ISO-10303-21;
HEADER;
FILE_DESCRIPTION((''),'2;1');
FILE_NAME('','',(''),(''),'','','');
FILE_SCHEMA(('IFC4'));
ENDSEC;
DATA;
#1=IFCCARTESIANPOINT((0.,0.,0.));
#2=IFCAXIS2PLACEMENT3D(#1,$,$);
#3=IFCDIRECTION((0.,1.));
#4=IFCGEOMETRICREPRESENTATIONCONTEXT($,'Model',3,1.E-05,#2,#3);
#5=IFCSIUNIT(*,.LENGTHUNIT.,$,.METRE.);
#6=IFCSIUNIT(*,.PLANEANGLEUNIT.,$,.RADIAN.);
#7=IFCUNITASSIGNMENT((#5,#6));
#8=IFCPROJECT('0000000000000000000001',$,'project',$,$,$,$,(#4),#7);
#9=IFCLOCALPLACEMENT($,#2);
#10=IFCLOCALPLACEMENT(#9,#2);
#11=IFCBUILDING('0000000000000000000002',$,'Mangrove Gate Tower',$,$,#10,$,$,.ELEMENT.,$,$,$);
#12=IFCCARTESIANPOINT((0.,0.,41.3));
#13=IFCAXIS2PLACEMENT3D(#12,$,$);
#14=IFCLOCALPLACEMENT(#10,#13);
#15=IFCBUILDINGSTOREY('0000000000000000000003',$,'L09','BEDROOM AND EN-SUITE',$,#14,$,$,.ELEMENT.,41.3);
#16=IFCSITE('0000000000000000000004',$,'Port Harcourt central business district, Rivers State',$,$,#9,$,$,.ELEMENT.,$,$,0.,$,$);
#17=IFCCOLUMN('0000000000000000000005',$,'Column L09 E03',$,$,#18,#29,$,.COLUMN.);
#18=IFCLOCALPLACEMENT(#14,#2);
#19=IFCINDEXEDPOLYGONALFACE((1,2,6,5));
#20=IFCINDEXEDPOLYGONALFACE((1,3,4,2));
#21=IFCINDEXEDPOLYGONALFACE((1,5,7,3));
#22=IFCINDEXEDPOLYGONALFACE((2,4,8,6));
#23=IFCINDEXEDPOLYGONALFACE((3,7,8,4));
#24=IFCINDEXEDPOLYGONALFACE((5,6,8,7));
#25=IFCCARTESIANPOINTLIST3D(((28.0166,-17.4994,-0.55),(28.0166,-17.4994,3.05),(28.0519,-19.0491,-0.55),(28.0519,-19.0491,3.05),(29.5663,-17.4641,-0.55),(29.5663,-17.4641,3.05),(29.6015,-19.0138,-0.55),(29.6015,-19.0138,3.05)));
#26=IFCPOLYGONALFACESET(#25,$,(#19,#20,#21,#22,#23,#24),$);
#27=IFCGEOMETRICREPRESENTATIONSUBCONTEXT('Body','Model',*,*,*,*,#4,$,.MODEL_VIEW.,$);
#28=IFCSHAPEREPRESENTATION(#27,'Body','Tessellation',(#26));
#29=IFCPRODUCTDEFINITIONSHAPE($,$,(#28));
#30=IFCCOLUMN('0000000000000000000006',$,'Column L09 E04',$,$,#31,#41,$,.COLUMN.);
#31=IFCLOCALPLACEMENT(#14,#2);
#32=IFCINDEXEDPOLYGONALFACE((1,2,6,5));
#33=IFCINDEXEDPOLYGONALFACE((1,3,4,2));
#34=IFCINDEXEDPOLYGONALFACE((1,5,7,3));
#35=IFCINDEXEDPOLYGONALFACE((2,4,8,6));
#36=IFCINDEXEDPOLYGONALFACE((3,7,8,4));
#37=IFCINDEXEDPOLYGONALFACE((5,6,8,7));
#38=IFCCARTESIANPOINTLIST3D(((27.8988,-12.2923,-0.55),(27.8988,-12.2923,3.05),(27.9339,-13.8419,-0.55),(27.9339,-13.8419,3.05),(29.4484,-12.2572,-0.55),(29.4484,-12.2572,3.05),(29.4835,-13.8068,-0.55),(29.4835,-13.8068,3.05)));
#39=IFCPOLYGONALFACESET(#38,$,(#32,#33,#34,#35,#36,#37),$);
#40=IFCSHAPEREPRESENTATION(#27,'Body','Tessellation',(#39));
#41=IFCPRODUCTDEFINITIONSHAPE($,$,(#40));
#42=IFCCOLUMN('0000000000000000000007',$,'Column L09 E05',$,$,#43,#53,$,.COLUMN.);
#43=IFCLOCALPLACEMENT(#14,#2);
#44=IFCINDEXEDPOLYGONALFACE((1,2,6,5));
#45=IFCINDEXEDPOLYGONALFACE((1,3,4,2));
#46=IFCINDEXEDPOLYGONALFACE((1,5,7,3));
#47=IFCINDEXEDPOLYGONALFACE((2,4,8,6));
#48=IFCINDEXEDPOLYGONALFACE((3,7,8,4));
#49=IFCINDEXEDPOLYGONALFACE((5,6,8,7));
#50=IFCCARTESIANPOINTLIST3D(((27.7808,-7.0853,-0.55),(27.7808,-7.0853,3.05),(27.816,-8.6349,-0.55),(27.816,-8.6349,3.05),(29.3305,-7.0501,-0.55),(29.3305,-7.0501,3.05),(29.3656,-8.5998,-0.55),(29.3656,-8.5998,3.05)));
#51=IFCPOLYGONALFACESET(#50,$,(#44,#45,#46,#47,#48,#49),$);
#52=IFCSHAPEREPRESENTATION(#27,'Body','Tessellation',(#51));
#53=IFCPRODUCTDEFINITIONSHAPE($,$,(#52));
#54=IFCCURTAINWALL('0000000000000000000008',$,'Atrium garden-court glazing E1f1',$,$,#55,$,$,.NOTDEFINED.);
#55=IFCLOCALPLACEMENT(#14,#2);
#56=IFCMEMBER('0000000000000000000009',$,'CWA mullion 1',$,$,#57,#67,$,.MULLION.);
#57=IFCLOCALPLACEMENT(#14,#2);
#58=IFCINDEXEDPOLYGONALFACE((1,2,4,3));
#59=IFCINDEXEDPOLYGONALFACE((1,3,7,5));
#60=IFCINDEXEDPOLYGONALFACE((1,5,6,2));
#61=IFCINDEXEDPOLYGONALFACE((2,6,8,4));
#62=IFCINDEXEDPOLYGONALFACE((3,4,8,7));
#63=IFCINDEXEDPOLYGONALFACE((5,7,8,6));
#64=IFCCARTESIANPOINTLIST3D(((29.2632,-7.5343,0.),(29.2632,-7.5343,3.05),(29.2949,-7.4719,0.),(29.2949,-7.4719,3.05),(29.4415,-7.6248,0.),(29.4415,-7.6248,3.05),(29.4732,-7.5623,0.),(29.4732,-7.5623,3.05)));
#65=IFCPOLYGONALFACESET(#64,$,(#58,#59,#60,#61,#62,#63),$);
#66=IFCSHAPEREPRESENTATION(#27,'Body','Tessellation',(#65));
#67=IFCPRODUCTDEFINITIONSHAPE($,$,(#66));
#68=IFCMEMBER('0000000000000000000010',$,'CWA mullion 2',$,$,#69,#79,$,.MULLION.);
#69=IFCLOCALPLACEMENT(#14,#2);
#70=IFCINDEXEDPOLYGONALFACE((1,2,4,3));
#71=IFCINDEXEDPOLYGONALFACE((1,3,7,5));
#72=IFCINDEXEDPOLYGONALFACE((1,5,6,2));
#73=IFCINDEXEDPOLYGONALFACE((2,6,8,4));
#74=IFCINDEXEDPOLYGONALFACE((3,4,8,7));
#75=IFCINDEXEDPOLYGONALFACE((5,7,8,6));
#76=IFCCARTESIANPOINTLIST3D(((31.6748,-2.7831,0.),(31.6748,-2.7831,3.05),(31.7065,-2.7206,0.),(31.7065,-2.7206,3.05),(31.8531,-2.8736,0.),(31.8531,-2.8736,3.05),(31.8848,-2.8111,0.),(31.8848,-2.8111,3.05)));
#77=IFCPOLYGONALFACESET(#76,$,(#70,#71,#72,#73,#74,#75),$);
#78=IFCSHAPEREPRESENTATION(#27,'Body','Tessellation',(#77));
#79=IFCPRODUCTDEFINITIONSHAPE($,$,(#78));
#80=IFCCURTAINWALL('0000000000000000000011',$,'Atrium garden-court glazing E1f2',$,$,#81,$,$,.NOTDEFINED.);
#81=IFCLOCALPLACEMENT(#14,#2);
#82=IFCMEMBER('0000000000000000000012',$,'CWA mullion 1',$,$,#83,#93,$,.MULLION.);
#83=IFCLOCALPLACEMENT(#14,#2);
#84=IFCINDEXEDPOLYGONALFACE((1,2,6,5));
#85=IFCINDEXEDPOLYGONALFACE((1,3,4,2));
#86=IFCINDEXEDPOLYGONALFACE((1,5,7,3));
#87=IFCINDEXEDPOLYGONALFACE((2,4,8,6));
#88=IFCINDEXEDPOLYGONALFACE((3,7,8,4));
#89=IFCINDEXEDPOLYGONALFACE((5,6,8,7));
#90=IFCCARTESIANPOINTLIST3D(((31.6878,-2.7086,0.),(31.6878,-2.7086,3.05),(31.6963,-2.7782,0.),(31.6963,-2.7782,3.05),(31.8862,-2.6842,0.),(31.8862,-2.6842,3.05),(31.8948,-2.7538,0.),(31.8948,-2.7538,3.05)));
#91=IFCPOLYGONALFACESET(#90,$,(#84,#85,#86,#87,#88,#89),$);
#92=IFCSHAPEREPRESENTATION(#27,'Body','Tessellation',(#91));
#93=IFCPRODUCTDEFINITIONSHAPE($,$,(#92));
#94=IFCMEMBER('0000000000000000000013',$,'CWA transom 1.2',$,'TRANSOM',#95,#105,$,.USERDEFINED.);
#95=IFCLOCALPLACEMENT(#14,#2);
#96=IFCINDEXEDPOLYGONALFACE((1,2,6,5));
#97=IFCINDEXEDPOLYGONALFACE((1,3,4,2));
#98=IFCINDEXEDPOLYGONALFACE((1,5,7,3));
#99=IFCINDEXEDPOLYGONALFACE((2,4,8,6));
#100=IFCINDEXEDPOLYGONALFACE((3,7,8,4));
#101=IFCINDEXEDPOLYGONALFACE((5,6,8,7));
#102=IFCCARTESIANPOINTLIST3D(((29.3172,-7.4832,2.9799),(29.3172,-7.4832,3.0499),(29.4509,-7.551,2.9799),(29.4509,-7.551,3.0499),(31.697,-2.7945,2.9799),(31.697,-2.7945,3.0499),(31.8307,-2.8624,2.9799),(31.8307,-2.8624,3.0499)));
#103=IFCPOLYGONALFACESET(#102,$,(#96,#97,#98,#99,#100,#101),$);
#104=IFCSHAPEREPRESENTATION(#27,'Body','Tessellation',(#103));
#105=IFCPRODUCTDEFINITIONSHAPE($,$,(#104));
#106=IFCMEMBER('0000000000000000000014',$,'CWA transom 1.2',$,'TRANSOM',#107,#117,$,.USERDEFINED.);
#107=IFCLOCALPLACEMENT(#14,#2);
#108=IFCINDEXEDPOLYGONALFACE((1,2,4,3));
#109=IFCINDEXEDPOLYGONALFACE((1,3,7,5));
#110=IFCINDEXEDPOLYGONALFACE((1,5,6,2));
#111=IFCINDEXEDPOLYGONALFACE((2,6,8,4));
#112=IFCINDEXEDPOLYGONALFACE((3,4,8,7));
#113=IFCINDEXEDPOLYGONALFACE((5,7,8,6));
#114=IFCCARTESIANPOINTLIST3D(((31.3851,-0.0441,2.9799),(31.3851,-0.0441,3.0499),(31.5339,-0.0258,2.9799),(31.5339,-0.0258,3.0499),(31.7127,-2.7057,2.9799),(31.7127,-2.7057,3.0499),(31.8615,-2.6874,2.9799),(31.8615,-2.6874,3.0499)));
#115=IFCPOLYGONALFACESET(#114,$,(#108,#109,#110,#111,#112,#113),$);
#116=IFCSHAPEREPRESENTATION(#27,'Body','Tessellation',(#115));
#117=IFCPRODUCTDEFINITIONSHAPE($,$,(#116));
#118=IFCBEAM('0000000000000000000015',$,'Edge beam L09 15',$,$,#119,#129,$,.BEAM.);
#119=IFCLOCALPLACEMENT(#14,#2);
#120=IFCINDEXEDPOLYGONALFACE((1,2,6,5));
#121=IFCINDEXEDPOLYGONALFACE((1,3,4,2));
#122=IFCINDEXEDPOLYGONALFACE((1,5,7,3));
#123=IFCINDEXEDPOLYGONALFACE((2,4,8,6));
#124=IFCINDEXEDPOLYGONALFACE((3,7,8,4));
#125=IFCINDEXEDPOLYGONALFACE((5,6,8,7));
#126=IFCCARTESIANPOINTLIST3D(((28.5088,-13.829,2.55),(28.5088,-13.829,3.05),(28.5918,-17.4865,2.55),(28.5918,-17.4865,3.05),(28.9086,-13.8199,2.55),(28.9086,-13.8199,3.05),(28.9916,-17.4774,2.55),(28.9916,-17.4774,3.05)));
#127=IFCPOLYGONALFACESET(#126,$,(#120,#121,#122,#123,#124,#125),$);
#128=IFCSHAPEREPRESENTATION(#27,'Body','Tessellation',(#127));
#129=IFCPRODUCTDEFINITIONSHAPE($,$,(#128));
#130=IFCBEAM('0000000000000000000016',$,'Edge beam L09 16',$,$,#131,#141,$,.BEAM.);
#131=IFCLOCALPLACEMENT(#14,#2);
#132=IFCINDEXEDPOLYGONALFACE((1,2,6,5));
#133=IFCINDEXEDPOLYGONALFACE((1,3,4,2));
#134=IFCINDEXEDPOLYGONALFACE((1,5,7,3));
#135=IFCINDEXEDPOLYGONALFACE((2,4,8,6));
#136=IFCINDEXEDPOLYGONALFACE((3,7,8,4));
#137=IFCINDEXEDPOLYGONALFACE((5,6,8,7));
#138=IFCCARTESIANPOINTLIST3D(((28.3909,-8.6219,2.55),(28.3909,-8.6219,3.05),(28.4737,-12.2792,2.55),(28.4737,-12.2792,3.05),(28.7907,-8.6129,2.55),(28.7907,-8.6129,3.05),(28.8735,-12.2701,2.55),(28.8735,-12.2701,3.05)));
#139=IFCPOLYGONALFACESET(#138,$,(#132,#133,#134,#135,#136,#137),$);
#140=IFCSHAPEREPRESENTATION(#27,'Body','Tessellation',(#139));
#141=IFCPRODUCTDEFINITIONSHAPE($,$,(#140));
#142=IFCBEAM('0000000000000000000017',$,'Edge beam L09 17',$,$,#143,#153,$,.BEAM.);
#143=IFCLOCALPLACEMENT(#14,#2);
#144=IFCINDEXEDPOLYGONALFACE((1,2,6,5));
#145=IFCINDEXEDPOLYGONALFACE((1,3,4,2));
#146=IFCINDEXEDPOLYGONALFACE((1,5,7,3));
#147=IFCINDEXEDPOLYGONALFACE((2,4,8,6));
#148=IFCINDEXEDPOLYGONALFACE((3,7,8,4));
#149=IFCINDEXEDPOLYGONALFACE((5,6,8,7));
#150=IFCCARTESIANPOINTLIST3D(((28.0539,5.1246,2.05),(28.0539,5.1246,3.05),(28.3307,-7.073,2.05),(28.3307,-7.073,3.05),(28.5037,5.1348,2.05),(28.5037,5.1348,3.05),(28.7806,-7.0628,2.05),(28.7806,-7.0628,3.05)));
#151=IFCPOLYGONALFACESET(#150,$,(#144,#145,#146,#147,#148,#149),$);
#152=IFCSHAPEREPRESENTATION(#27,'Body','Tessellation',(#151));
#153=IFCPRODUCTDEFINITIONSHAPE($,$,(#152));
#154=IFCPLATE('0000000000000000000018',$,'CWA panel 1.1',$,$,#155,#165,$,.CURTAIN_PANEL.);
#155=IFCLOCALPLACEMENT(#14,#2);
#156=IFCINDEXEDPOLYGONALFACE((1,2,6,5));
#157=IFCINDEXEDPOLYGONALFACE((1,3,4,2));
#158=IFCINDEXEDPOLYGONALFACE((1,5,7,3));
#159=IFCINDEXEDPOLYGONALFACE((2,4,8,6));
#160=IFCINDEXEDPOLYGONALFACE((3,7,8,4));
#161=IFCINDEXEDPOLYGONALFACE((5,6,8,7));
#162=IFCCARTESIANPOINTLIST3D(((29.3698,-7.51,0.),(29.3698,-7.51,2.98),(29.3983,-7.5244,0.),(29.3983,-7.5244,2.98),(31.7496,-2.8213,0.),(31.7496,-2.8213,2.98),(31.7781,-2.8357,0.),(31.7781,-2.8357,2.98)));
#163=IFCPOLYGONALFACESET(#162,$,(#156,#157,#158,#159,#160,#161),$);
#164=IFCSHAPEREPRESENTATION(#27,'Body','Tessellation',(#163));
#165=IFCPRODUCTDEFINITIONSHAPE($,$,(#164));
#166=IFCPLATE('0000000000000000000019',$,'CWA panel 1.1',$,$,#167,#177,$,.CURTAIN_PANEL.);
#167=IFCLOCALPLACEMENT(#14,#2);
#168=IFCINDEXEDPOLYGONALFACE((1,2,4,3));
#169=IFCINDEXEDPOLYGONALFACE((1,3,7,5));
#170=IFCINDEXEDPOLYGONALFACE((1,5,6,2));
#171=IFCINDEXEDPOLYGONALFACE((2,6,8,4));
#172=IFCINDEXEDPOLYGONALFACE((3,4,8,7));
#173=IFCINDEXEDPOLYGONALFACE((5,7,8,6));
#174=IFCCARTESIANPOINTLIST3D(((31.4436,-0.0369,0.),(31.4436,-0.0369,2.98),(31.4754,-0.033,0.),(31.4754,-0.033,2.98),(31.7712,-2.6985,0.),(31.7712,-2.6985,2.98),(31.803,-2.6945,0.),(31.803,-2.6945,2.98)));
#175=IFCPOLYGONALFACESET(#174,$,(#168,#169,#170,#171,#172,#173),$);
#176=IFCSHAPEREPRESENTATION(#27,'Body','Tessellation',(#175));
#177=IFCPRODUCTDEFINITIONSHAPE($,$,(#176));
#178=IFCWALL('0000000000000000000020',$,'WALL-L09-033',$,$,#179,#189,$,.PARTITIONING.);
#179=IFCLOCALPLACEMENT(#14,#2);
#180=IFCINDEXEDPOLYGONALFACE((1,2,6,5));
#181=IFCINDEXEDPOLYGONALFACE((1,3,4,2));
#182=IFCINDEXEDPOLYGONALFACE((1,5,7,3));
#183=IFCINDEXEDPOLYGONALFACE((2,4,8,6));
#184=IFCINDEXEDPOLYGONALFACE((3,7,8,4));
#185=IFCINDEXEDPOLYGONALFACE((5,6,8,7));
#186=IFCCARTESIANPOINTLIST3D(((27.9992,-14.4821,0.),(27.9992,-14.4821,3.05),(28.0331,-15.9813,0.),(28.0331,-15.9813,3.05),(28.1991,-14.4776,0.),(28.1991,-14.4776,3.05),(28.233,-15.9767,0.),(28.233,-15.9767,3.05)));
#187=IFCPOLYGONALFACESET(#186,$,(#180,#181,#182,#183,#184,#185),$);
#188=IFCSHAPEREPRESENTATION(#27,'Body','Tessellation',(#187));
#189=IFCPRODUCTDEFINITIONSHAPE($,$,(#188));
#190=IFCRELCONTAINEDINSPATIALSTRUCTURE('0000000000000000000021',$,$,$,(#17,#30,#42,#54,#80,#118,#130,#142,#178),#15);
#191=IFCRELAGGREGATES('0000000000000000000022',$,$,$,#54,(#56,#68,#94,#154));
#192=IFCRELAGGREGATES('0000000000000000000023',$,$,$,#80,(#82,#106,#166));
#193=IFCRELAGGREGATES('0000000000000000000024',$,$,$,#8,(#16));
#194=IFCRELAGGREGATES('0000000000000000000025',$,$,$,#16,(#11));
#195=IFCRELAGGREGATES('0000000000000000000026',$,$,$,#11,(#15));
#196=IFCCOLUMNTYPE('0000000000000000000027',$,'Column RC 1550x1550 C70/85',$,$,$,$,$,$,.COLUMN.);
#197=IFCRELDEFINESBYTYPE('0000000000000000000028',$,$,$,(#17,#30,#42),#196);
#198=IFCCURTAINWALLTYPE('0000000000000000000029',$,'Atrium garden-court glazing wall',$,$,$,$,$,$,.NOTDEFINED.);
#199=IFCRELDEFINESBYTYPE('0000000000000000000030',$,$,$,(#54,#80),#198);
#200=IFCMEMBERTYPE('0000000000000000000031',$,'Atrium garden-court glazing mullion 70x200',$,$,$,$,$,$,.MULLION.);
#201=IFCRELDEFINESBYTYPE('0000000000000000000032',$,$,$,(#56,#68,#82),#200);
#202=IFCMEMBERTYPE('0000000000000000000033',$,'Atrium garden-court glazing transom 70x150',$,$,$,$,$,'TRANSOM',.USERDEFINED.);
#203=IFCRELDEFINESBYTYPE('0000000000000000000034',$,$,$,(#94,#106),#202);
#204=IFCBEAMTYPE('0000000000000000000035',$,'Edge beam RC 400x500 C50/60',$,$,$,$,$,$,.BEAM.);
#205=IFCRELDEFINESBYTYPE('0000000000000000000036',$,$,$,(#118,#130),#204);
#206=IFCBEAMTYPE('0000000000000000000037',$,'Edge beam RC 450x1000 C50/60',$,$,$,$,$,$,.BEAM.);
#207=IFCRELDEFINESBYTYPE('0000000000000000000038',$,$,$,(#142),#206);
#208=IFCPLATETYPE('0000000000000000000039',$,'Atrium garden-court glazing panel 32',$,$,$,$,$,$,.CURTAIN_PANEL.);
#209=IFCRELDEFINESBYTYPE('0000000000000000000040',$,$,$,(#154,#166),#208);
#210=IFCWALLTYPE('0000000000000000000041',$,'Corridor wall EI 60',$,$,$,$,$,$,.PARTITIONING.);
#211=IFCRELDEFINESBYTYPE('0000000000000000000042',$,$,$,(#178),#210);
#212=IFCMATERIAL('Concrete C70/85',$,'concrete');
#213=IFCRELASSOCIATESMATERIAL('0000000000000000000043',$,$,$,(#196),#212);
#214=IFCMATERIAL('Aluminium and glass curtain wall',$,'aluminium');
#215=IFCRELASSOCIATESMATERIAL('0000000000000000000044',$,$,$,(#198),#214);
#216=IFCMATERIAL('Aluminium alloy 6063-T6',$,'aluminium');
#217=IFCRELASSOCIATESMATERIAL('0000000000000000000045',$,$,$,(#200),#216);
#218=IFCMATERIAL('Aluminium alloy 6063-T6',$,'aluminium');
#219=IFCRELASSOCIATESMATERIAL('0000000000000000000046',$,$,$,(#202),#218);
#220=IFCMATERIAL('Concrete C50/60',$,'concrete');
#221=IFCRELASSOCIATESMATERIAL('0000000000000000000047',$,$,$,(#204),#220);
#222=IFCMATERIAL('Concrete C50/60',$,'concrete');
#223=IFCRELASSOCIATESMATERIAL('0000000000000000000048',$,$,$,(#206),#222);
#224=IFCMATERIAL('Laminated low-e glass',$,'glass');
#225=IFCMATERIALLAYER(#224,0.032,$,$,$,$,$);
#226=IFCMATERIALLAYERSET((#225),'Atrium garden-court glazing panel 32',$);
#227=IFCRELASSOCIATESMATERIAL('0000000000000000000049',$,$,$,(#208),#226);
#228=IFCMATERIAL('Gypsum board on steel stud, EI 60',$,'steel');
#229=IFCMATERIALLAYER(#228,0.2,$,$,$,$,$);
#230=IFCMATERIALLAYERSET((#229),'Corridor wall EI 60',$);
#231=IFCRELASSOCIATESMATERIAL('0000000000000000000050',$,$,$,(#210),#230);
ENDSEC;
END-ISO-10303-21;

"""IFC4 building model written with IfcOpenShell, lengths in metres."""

from ifc_helpers import new_model, si_unit, direction, frame, frame_2d, origin, origin_2d, place, context, subcontext, project, spatial, rectangle, extrude, material, layer, layer_set, material_profile, profile_set, type_object, element, aggregate, save


model = new_model("IFC4")

# Units and contexts
model_context = context("Model", 3, precision=1e-05, world=origin(), true_north=direction((0.0, 1.0)))
body_context = subcontext(model_context, "Body", "Model", "MODEL_VIEW")
ifc_project = project(units=[si_unit("LENGTHUNIT", "METRE"), si_unit("PLANEANGLEUNIT", "RADIAN")], contexts=[model_context])

# Site, building, storey
site_placement = place(None, origin())
site = spatial("IfcSite", under=ifc_project, at=site_placement, Name="Port Harcourt central business district, Rivers State", CompositionType="ELEMENT", RefElevation=0.0)
building_placement = place(site_placement, origin())
building = spatial("IfcBuilding", under=site, at=building_placement, Name="Mangrove Gate Tower", CompositionType="ELEMENT")
storey_placement = place(building_placement, frame((0.0, 0.0, 41.3)))
storey = spatial("IfcBuildingStorey", under=building, at=storey_placement, Name="L09", Description="BEDROOM AND EN-SUITE", CompositionType="ELEMENT", Elevation=41.3)

# Columns
ifc_material_1 = material(Name="Concrete C70/85", Category="concrete")
ifc_material_profile_1 = material_profile(ifc_material_1, rectangle(XDim=1.55, YDim=1.55, at=origin_2d()))
ifc_profile_set_1 = profile_set([ifc_material_profile_1], Name="Concrete C70/85")
column_type = type_object("IfcColumnType", Name="Column RC 1550x1550 C70/85", PredefinedType="COLUMN", material=ifc_profile_set_1)
for number, where, z_axis, x_axis, name in (
    (1, (28.8091, -18.2566, -0.55), (0.0, 0.0, 1.0), (-0.022754, 0.999741, 0.0), "Column L09 E03"),
    (2, (28.6912, -13.0496, -0.55), (0.0, 0.0, 1.0), (-0.022656, 0.999743, 0.0), "Column L09 E04"),
    (3, (28.5732, -7.8425, -0.55), (0.0, 0.0, 1.0), (-0.022681, 0.999743, 0.0), "Column L09 E05"),
):
    element("IfcColumn", number, at=place(storey_placement, frame(where, z_axis=z_axis, x_axis=x_axis)), inside=storey, type_object=column_type, Name=name, PredefinedType="COLUMN", context=body_context, shape_type="SweptSolid", body=[
        extrude(rectangle(XDim=1.55, YDim=1.55, at=origin_2d()), origin(), (0.0, 0.0, 1.0), 3.6001),
    ])

# Curtain wall, members
ifc_material_2 = material(Name="Aluminium and glass curtain wall", Category="aluminium")
curtain_wall_type = type_object("IfcCurtainWallType", Name="Atrium garden-court glazing wall", PredefinedType="NOTDEFINED", material=ifc_material_2)
curtain_wall_1_placement = place(storey_placement, origin())
curtain_wall_1 = element("IfcCurtainWall", 4, at=curtain_wall_1_placement, inside=storey, type_object=curtain_wall_type, Name="Atrium garden-court glazing E1f1", PredefinedType="NOTDEFINED")
ifc_material_3 = material(Name="Aluminium alloy 6063-T6", Category="aluminium")
ifc_material_profile_2 = material_profile(ifc_material_3, rectangle(XDim=0.0701, YDim=0.2, at=origin_2d()))
ifc_profile_set_2 = profile_set([ifc_material_profile_2], Name="Aluminium alloy 6063-T6")
member_type_1 = type_object("IfcMemberType", Name="Atrium garden-court glazing mullion 70x200", PredefinedType="MULLION", material=ifc_profile_set_2)
member_1_placement = place(storey_placement, frame((29.3682, -7.5483, 0.0), z_axis=(0.0, 0.0, 1.0), x_axis=(0.4526, 0.891714, 0.0)))
member_1 = element("IfcMember", 5, at=member_1_placement, type_object=member_type_1, Name="CWA mullion 1", PredefinedType="MULLION", context=body_context, shape_type="SweptSolid", body=[
    extrude(rectangle(XDim=0.0701, YDim=0.2, at=origin_2d()), origin(), (0.0, 0.0, 1.0), 3.05),
])
member_2_placement = place(storey_placement, frame((31.7798, -2.7971, 0.0), z_axis=(0.0, 0.0, 1.0), x_axis=(0.4526, 0.891714, 0.0)))
member_2 = element("IfcMember", 6, at=member_2_placement, type_object=member_type_1, Name="CWA mullion 2", PredefinedType="MULLION", context=body_context, shape_type="SweptSolid", body=[
    extrude(rectangle(XDim=0.0701, YDim=0.2, at=origin_2d()), origin(), (0.0, 0.0, 1.0), 3.05),
])

# Curtain wall, member
curtain_wall_2_placement = place(storey_placement, origin())
curtain_wall_2 = element("IfcCurtainWall", 7, at=curtain_wall_2_placement, inside=storey, type_object=curtain_wall_type, Name="Atrium garden-court glazing E1f2", PredefinedType="NOTDEFINED")
member_3_placement = place(storey_placement, frame((31.7913, -2.7312, 0.0), z_axis=(0.0, 0.0, 1.0), x_axis=(-0.122172, 0.992509, 0.0)))
member_3 = element("IfcMember", 8, at=member_3_placement, type_object=member_type_1, Name="CWA mullion 1", PredefinedType="MULLION", context=body_context, shape_type="SweptSolid", body=[
    extrude(rectangle(XDim=0.0701, YDim=0.2, at=origin_2d()), origin(), (0.0, 0.0, 1.0), 3.05),
])

# Members
ifc_material_4 = material(Name="Aluminium alloy 6063-T6", Category="aluminium")
ifc_material_profile_3 = material_profile(ifc_material_4, rectangle(XDim=0.0701, YDim=0.1499, at=origin_2d()))
ifc_profile_set_3 = profile_set([ifc_material_profile_3], Name="Aluminium alloy 6063-T6")
member_type_2 = type_object("IfcMemberType", Name="Atrium garden-court glazing transom 70x150", ElementType="TRANSOM", PredefinedType="USERDEFINED", material=ifc_profile_set_3)
member_4_placement = place(storey_placement, frame((29.384, -7.5171, 3.0149), z_axis=(0.45261, 0.891709, 0.0), x_axis=(0.0, 0.0, 1.0)))
member_4 = element("IfcMember", 9, at=member_4_placement, type_object=member_type_2, Name="CWA transom 1.2", ObjectType="TRANSOM", PredefinedType="USERDEFINED", context=body_context, shape_type="SweptSolid", body=[
    extrude(rectangle(XDim=0.0701, YDim=0.1499, at=origin_2d()), origin(), (0.0, 0.0, 1.0), 5.2581),
])
member_5_placement = place(storey_placement, frame((31.7871, -2.6965, 3.0149), z_axis=(-0.122175, 0.992509, 0.0), x_axis=(0.0, 0.0, 1.0)))
member_5 = element("IfcMember", 10, at=member_5_placement, type_object=member_type_2, Name="CWA transom 1.2", ObjectType="TRANSOM", PredefinedType="USERDEFINED", context=body_context, shape_type="SweptSolid", body=[
    extrude(rectangle(XDim=0.0701, YDim=0.1499, at=origin_2d()), origin(), (0.0, 0.0, 1.0), 2.6816),
])

# Beams
ifc_material_5 = material(Name="Concrete C50/60", Category="concrete")
ifc_material_profile_4 = material_profile(ifc_material_5, rectangle(XDim=0.3999, YDim=0.5, at=origin_2d()))
ifc_profile_set_4 = profile_set([ifc_material_profile_4], Name="Concrete C50/60")
beam_type_1 = type_object("IfcBeamType", Name="Edge beam RC 400x500 C50/60", PredefinedType="BEAM", material=ifc_profile_set_4)
beam_1_placement = place(storey_placement, frame((28.7917, -17.4819, 2.8), z_axis=(-0.02269, 0.999743, 0.0), x_axis=(-0.999743, -0.02269, 0.0)))
element("IfcBeam", 11, at=beam_1_placement, inside=storey, type_object=beam_type_1, Name="Edge beam L09 15", PredefinedType="BEAM", context=body_context, shape_type="SweptSolid", body=[
    extrude(rectangle(XDim=0.3999, YDim=0.5, at=origin_2d()), origin(), (0.0, 0.0, 1.0), 3.6584),
])
beam_2_placement = place(storey_placement, frame((28.6736, -12.2747, 2.8), z_axis=(-0.022624, 0.999744, 0.0), x_axis=(-0.999744, -0.022624, 0.0)))
element("IfcBeam", 12, at=beam_2_placement, inside=storey, type_object=beam_type_1, Name="Edge beam L09 16", PredefinedType="BEAM", context=body_context, shape_type="SweptSolid", body=[
    extrude(rectangle(XDim=0.3999, YDim=0.5, at=origin_2d()), origin(), (0.0, 0.0, 1.0), 3.6582),
])
ifc_material_6 = material(Name="Concrete C50/60", Category="concrete")
ifc_material_profile_5 = material_profile(ifc_material_6, rectangle(XDim=0.45, YDim=1.0, at=origin_2d()))
ifc_profile_set_5 = profile_set([ifc_material_profile_5], Name="Concrete C50/60")
beam_type_2 = type_object("IfcBeamType", Name="Edge beam RC 450x1000 C50/60", PredefinedType="BEAM", material=ifc_profile_set_5)
beam_3_placement = place(storey_placement, frame((28.5557, -7.0679, 2.55), z_axis=(-0.022692, 0.999743, 0.0), x_axis=(-0.999743, -0.022692, 0.0)))
element("IfcBeam", 13, at=beam_3_placement, inside=storey, type_object=beam_type_2, Name="Edge beam L09 17", PredefinedType="BEAM", context=body_context, shape_type="SweptSolid", body=[
    extrude(rectangle(XDim=0.45, YDim=1.0, at=origin_2d()), origin(), (0.0, 0.0, 1.0), 12.2007),
])

# Plates
ifc_material_7 = material(Name="Laminated low-e glass", Category="glass")
ifc_layer_1 = layer(ifc_material_7, 0.032)
ifc_layer_set_1 = layer_set([ifc_layer_1], Name="Atrium garden-court glazing panel 32")
plate_type = type_object("IfcPlateType", Name="Atrium garden-court glazing panel 32", PredefinedType="CURTAIN_PANEL", material=ifc_layer_set_1)
plate_1_placement = place(storey_placement, frame((30.574, -5.1729, 0.0), z_axis=(0.0, 0.0, 1.0), x_axis=(0.4526, 0.891714, 0.0)))
plate_1 = element("IfcPlate", 14, at=plate_1_placement, type_object=plate_type, Name="CWA panel 1.1", PredefinedType="CURTAIN_PANEL", context=body_context, shape_type="SweptSolid", body=[
    extrude(rectangle(XDim=5.2581, YDim=0.032, at=origin_2d()), origin(), (0.0, 0.0, 1.0), 2.98),
])
aggregate(curtain_wall_1, [member_1, member_2, member_4, plate_1])
plate_2_placement = place(storey_placement, frame((31.6233, -1.3657, 0.0), z_axis=(0.0, 0.0, 1.0), x_axis=(-0.122172, 0.992509, 0.0)))
plate_2 = element("IfcPlate", 15, at=plate_2_placement, type_object=plate_type, Name="CWA panel 1.1", PredefinedType="CURTAIN_PANEL", context=body_context, shape_type="SweptSolid", body=[
    extrude(rectangle(XDim=2.6816, YDim=0.032, at=origin_2d()), origin(), (0.0, 0.0, 1.0), 2.98),
])
aggregate(curtain_wall_2, [member_3, member_5, plate_2])

# Wall
ifc_material_8 = material(Name="Gypsum board on steel stud, EI 60", Category="steel")
ifc_layer_2 = layer(ifc_material_8, 0.2)
ifc_layer_set_2 = layer_set([ifc_layer_2], Name="Corridor wall EI 60")
wall_type_1 = type_object("IfcWallType", Name="Corridor wall EI 60", PredefinedType="PARTITIONING", material=ifc_layer_set_2)
wall_1_placement = place(storey_placement, frame((28.1331, -15.979, 0.0), z_axis=(0.0, 0.0, 1.0), x_axis=(-0.022633, 0.999744, 0.0)))
element("IfcWall", 16, at=wall_1_placement, inside=storey, type_object=wall_type_1, Name="WALL-L09-033", PredefinedType="PARTITIONING", context=body_context, shape_type="SweptSolid", body=[
    extrude(rectangle(XDim=1.4995, YDim=0.2, at=frame_2d((0.7498, 0.0))), origin(), (0.0, 0.0, 1.0), 3.05),
])

save(model, "model.ifc")
